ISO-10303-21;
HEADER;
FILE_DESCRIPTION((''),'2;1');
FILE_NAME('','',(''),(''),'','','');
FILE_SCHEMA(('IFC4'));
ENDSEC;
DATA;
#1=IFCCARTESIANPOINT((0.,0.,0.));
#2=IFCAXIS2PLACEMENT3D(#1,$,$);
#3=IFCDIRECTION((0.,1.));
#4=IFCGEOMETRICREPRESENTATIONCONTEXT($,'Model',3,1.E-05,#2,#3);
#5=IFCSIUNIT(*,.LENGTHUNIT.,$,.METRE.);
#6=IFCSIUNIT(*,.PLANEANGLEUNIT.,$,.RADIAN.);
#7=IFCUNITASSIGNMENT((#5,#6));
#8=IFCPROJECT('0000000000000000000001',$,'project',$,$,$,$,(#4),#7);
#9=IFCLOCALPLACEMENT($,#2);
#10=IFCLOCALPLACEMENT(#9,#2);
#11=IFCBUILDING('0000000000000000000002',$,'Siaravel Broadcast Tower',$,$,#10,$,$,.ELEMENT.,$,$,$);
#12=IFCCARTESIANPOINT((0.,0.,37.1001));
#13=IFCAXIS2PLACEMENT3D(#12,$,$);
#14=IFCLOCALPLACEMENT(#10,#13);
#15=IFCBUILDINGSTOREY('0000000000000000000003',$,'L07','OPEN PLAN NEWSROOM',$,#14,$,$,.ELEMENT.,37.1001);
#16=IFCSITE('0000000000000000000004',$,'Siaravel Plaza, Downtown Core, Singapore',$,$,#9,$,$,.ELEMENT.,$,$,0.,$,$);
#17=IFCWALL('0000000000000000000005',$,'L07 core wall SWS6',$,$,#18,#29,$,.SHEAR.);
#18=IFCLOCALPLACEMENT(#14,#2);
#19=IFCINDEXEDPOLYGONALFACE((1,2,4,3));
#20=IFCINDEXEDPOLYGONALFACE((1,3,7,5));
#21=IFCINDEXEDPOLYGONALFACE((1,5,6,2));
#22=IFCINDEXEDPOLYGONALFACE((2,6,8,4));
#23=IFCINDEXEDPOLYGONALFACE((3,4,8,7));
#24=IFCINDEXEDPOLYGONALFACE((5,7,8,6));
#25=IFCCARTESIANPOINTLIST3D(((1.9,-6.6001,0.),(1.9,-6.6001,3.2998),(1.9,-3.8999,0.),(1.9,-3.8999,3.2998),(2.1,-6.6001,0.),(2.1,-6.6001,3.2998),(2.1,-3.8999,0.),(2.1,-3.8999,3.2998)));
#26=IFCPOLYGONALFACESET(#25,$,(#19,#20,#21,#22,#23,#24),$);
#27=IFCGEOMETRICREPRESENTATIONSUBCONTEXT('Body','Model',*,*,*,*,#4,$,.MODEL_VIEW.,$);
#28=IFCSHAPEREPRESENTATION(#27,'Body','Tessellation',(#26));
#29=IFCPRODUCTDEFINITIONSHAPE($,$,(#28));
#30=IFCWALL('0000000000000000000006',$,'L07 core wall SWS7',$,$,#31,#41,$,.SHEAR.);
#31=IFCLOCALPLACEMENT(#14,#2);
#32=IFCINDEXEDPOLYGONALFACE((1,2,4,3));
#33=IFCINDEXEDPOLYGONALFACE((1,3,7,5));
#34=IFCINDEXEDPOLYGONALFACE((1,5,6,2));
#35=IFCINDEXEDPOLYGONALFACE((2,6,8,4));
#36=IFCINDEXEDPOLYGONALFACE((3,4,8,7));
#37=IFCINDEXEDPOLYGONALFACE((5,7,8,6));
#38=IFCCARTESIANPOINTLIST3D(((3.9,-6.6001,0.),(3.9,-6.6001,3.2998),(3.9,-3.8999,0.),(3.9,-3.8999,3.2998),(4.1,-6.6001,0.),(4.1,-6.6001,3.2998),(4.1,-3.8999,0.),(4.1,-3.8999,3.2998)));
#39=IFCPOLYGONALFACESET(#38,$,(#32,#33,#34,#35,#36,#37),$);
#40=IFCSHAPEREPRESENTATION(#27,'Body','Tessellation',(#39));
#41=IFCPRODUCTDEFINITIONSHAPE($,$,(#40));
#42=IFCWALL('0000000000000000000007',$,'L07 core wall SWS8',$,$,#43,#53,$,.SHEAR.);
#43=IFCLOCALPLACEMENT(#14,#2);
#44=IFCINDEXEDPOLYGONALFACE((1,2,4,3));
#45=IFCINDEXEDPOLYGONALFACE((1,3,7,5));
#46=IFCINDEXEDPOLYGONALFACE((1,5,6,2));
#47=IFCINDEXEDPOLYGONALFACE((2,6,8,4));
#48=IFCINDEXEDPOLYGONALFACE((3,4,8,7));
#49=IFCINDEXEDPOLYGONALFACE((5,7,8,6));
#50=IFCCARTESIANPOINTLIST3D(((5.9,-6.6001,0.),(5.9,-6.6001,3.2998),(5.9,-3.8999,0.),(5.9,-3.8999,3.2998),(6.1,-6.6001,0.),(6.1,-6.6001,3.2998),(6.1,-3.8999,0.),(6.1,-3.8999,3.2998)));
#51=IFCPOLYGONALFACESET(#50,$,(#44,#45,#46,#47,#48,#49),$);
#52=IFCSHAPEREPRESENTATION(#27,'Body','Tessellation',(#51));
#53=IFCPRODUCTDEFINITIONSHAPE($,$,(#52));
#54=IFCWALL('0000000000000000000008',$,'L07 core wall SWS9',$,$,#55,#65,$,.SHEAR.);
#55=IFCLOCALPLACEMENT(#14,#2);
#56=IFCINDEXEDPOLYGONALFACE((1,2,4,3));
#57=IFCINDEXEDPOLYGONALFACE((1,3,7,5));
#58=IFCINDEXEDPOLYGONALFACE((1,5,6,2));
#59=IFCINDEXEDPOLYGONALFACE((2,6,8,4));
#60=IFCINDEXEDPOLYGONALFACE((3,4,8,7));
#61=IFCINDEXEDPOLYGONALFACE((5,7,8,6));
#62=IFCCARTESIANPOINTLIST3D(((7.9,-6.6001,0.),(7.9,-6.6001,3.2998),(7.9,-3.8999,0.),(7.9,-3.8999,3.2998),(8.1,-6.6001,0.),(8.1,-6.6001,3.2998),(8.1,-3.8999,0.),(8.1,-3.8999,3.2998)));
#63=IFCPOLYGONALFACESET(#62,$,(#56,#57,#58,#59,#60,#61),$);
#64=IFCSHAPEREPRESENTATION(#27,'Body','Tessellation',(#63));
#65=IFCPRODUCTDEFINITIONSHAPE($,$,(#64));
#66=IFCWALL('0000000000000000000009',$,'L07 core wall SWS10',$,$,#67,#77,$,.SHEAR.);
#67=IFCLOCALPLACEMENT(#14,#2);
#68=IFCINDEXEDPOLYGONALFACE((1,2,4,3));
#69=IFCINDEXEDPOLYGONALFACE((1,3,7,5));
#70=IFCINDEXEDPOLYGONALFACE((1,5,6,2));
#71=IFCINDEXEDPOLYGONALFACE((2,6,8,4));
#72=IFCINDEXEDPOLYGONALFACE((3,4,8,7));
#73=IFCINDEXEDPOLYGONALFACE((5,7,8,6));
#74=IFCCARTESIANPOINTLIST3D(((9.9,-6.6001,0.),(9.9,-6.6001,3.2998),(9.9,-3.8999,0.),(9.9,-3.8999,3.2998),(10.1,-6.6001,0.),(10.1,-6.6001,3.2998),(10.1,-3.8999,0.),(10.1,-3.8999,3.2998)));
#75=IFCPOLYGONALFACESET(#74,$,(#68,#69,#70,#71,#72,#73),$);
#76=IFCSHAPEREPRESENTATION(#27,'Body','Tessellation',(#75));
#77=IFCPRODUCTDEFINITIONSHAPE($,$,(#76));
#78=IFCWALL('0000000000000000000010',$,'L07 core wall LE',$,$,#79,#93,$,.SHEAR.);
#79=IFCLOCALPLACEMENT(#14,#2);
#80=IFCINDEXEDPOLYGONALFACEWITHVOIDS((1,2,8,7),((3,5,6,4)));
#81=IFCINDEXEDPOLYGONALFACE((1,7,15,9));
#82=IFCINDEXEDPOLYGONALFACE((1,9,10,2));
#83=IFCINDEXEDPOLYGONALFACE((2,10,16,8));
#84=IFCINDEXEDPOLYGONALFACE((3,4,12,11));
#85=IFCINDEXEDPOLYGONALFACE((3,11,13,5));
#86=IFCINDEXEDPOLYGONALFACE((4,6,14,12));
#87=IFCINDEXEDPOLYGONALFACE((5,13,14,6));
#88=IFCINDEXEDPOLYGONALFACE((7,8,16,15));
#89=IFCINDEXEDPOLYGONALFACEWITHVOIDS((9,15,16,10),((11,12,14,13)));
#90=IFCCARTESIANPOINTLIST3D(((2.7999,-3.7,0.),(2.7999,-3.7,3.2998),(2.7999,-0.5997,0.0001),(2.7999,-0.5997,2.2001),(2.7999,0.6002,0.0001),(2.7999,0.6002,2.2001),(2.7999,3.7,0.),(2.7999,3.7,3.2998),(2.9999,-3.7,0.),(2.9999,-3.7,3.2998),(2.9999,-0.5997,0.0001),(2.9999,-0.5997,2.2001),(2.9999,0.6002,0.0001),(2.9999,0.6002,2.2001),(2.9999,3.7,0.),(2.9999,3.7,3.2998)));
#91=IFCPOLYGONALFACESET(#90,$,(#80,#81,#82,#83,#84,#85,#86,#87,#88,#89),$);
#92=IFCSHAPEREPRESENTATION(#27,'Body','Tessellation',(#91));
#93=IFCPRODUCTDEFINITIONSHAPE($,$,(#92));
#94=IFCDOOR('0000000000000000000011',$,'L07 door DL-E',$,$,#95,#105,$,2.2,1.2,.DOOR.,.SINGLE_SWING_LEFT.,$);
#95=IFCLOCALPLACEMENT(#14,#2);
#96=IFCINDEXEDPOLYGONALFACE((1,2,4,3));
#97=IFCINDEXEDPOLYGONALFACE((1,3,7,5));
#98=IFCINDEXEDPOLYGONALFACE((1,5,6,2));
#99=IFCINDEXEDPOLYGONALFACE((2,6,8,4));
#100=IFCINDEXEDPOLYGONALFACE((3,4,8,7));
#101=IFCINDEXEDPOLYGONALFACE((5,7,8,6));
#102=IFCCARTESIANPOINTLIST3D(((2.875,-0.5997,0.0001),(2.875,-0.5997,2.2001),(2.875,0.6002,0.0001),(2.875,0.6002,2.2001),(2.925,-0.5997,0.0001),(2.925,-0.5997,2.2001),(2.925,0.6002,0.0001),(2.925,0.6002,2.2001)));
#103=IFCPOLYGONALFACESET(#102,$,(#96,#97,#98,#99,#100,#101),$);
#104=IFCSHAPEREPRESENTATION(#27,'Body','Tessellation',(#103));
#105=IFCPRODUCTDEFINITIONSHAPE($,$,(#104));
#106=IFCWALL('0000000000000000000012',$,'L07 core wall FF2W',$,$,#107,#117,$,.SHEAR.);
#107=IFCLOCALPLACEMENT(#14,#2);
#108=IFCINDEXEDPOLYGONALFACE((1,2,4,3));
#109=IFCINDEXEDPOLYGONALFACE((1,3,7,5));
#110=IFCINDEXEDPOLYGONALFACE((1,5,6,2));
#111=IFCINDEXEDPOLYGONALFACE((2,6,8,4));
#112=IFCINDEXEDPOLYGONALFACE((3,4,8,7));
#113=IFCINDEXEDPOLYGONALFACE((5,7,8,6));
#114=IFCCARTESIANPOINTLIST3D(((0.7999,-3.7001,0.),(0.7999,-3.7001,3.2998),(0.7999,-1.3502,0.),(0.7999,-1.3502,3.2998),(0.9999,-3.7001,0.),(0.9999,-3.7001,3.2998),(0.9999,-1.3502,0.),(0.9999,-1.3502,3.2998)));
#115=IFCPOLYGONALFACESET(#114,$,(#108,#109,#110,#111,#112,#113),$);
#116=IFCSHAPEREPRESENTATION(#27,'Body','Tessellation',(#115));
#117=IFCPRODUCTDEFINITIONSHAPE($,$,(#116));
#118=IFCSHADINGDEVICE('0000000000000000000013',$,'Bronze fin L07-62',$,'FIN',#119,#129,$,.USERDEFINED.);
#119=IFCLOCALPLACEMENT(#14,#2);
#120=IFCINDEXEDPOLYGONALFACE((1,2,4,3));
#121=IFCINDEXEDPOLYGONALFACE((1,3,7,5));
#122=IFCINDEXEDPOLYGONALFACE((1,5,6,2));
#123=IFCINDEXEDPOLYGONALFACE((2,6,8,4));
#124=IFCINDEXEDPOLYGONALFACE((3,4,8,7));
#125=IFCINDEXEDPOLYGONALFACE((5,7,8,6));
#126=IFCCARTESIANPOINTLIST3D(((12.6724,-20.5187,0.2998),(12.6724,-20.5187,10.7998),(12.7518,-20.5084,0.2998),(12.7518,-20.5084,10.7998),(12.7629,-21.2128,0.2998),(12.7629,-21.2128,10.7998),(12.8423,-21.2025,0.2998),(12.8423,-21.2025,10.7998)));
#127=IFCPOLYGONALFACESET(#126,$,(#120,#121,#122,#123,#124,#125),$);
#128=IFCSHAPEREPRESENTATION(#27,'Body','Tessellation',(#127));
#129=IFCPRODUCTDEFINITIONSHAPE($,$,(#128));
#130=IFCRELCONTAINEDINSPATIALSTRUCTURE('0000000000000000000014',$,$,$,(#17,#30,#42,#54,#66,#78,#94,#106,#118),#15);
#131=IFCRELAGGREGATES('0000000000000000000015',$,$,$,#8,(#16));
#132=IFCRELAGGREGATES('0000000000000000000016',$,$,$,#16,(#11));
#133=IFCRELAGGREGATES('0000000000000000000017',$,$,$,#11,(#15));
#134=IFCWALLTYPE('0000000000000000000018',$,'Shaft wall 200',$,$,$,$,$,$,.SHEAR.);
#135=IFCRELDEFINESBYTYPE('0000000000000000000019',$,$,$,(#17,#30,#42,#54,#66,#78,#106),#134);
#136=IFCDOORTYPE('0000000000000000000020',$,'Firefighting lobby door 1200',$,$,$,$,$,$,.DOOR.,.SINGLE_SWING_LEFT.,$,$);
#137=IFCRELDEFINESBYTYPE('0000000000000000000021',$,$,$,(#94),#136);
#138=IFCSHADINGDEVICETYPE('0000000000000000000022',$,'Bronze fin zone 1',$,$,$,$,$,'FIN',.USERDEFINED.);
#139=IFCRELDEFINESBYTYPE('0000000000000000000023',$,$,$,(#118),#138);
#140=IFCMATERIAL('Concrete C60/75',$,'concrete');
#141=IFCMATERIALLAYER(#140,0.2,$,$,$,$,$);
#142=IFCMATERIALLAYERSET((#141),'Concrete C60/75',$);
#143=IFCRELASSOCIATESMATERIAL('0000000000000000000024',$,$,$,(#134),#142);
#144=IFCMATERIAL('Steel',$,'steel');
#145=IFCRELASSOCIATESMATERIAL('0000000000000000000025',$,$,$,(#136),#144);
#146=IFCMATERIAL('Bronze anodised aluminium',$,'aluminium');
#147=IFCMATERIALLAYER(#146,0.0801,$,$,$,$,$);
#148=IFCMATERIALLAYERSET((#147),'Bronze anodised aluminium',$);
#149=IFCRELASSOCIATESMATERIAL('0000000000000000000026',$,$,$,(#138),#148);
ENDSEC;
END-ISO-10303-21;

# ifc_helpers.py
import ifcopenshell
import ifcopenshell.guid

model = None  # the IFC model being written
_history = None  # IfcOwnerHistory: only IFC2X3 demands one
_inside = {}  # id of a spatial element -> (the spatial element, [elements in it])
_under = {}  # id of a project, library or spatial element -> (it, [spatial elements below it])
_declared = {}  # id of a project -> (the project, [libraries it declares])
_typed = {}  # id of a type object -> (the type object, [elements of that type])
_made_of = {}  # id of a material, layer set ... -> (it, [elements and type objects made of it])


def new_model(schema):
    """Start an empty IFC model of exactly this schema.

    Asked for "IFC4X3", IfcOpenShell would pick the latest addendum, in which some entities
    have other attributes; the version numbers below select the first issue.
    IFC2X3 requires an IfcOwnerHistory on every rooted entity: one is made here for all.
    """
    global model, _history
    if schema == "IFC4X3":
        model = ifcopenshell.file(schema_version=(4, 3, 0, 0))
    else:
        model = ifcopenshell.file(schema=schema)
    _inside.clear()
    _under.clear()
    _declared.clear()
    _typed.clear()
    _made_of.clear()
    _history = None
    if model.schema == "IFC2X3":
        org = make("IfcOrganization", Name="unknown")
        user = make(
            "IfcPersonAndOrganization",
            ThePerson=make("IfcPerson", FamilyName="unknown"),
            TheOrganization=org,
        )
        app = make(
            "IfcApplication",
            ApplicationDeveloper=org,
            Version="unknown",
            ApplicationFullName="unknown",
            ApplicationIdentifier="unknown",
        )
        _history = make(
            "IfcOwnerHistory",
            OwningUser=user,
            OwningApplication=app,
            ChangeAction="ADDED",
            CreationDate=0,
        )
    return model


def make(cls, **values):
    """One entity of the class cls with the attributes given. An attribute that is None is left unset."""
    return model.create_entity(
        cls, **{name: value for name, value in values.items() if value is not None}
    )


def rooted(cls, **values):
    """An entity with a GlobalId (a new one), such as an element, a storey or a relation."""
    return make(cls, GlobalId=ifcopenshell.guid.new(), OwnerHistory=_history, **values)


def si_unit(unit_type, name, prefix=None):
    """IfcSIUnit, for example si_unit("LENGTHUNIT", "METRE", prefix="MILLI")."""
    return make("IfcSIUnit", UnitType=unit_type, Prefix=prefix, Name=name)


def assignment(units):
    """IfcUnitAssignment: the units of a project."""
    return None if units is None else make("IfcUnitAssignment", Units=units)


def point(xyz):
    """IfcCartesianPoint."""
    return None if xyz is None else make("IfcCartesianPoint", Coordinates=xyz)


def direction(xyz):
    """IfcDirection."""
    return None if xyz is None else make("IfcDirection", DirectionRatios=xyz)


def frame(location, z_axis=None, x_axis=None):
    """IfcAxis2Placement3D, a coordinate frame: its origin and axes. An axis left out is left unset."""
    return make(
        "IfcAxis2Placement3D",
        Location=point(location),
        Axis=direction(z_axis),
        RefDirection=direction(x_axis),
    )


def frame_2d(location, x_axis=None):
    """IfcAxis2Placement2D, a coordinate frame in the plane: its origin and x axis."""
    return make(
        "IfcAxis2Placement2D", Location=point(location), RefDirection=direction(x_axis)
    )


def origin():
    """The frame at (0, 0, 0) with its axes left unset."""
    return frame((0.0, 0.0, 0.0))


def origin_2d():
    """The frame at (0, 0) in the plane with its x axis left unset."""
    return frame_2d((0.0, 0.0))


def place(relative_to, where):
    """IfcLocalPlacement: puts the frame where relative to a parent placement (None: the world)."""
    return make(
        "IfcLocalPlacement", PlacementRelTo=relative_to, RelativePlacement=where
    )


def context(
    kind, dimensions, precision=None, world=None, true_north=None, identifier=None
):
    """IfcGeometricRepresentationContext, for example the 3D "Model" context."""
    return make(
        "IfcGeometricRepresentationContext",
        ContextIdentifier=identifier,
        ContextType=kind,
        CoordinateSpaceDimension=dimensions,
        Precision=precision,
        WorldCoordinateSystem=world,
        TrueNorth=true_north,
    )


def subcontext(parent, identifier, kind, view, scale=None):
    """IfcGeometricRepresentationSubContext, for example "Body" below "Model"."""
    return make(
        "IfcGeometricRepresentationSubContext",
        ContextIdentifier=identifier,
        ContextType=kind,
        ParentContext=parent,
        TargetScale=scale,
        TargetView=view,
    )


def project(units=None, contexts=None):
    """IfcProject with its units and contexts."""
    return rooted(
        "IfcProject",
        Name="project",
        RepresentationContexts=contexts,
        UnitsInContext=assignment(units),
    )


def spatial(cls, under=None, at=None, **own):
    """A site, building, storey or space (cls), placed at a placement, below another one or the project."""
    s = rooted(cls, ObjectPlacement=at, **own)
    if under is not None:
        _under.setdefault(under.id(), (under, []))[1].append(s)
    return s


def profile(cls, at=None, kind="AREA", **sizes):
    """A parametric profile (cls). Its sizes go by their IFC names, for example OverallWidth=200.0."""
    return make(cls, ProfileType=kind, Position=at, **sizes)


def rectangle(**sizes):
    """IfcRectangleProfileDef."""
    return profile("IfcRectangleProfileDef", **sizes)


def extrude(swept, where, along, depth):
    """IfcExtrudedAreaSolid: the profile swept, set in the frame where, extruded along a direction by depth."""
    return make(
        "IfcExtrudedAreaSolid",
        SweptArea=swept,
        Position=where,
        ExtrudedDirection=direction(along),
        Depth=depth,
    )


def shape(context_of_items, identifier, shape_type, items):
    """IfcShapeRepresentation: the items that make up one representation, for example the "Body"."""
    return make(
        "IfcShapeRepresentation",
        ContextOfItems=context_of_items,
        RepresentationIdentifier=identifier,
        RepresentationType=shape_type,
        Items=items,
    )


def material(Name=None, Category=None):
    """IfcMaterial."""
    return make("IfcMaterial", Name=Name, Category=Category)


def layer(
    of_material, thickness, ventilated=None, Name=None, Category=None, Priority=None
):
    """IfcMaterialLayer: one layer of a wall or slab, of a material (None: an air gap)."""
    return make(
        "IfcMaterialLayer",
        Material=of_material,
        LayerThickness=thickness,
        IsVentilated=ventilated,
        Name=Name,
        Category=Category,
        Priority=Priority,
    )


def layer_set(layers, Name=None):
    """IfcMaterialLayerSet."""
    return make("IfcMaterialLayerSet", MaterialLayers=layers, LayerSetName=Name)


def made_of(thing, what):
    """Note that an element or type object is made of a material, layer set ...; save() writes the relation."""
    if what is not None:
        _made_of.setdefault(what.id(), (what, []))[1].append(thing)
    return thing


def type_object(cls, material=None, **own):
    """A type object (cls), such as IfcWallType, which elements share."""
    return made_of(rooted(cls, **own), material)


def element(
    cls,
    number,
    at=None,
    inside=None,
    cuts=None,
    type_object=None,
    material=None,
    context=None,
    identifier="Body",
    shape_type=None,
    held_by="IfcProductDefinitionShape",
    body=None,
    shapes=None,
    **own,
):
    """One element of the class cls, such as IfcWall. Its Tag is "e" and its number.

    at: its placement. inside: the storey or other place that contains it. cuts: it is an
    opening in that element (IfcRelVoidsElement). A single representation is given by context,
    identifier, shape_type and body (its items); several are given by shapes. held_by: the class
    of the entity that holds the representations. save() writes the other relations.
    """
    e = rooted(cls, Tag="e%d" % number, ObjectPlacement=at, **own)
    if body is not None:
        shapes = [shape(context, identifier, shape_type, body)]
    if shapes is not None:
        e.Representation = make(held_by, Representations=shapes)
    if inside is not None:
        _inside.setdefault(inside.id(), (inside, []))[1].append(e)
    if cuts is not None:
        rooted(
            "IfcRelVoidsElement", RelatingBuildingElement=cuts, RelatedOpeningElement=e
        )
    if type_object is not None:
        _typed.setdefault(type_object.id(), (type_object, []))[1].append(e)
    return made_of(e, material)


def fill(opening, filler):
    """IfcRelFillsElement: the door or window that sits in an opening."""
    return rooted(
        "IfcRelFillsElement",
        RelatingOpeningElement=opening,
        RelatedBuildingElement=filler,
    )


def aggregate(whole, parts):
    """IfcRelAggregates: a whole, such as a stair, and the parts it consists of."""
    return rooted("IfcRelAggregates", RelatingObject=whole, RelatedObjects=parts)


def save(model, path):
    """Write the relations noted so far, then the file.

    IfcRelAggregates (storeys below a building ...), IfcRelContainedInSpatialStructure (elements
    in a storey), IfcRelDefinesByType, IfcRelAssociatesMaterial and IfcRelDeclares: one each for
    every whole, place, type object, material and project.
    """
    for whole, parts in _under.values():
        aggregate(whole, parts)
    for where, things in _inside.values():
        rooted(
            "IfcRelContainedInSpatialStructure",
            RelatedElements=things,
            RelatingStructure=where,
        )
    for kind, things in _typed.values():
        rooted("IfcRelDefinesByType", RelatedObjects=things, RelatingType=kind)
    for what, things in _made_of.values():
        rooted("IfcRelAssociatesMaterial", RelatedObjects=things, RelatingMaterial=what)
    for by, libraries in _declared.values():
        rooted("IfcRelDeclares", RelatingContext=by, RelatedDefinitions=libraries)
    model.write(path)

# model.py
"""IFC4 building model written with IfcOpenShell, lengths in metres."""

from ifc_helpers import new_model, si_unit, direction, frame, frame_2d, origin, origin_2d, place, context, subcontext, project, spatial, rectangle, extrude, material, layer, layer_set, type_object, element, fill, save


model = new_model("IFC4")

# Units and contexts
model_context = context("Model", 3, precision=1e-05, world=origin(), true_north=direction((0.0, 1.0)))
body_context = subcontext(model_context, "Body", "Model", "MODEL_VIEW")
ifc_project = project(units=[si_unit("LENGTHUNIT", "METRE"), si_unit("PLANEANGLEUNIT", "RADIAN")], contexts=[model_context])

# Site, building, storey
site_placement = place(None, origin())
site = spatial("IfcSite", under=ifc_project, at=site_placement, Name="Siaravel Plaza, Downtown Core, Singapore", CompositionType="ELEMENT", RefElevation=0.0)
building_placement = place(site_placement, origin())
building = spatial("IfcBuilding", under=site, at=building_placement, Name="Siaravel Broadcast Tower", CompositionType="ELEMENT")
storey_placement = place(building_placement, frame((0.0, 0.0, 37.1001)))
storey = spatial("IfcBuildingStorey", under=building, at=storey_placement, Name="L07", Description="OPEN PLAN NEWSROOM", CompositionType="ELEMENT", Elevation=37.1001)

# Shared definitions
ifc_material_1 = material(Name="Concrete C60/75", Category="concrete")
ifc_material_2 = material(Name="Steel", Category="steel")

# Walls
ifc_layer_1 = layer(ifc_material_1, 0.2)
ifc_layer_set_1 = layer_set([ifc_layer_1], Name="Concrete C60/75")
wall_type_1 = type_object("IfcWallType", Name="Shaft wall 200", PredefinedType="SHEAR", material=ifc_layer_set_1)
for number, where, z_axis, x_axis, name in (
    (1, (2.0, -6.6001, 0.0), (0.0, 0.0, 1.0), (0.0, 1.0, 0.0), "L07 core wall SWS6"),
    (2, (4.0, -6.6001, 0.0), (0.0, 0.0, 1.0), (0.0, 1.0, 0.0), "L07 core wall SWS7"),
    (3, (6.0, -6.6001, 0.0), (0.0, 0.0, 1.0), (0.0, 1.0, 0.0), "L07 core wall SWS8"),
    (4, (8.0, -6.6001, 0.0), (0.0, 0.0, 1.0), (0.0, 1.0, 0.0), "L07 core wall SWS9"),
    (5, (10.0, -6.6001, 0.0), (0.0, 0.0, 1.0), (0.0, 1.0, 0.0), "L07 core wall SWS10"),
):
    element("IfcWall", number, at=place(storey_placement, frame(where, z_axis=z_axis, x_axis=x_axis)), inside=storey, type_object=wall_type_1, Name=name, PredefinedType="SHEAR", context=body_context, shape_type="SweptSolid", body=[
        extrude(rectangle(XDim=2.7002, YDim=0.2, at=frame_2d((1.3501, 0.0))), origin(), (0.0, 0.0, 1.0), 3.2998),
    ])

# Wall, opening, door
wall_1_placement = place(storey_placement, frame((2.8999, -3.7, 0.0), z_axis=(0.0, 0.0, 1.0), x_axis=(0.0, 1.0, 0.0)))
wall_1 = element("IfcWall", 6, at=wall_1_placement, inside=storey, type_object=wall_type_1, Name="L07 core wall LE", PredefinedType="SHEAR", context=body_context, shape_type="SweptSolid", body=[
    extrude(rectangle(XDim=7.3999, YDim=0.2, at=frame_2d((3.7, 0.0))), origin(), (0.0, 0.0, 1.0), 3.2998),
])
opening_1_placement = place(wall_1_placement, frame((3.1001, 0.0, 0.0)))
opening_1 = element("IfcOpeningElement", 7, at=opening_1_placement, cuts=wall_1, PredefinedType="OPENING", context=body_context, shape_type="SweptSolid", body=[
    extrude(rectangle(XDim=1.2, YDim=2.2, at=frame_2d((0.6001, 1.1001))), frame((0.0, 0.1099, 0.0), z_axis=(0.0, -1.0, 0.0), x_axis=(1.0, 0.0, 0.0)), (0.0, 0.0, 1.0), 0.22),
])
door_type_1 = type_object("IfcDoorType", Name="Firefighting lobby door 1200", OperationType="SINGLE_SWING_LEFT", PredefinedType="DOOR", material=ifc_material_2)
door_1_placement = place(opening_1_placement, origin())
door_1 = element("IfcDoor", 8, at=door_1_placement, inside=storey, type_object=door_type_1, Name="L07 door DL-E", OperationType="SINGLE_SWING_LEFT", OverallHeight=2.2, OverallWidth=1.2, PredefinedType="DOOR", context=body_context, shape_type="SweptSolid", body=[
    extrude(rectangle(XDim=1.2, YDim=2.2, at=frame_2d((0.6001, 1.1001))), frame((0.0, 0.0249, 0.0), z_axis=(0.0, -1.0, 0.0), x_axis=(1.0, 0.0, 0.0)), (0.0, 0.0, 1.0), 0.05),
])
fill(opening_1, door_1)

# Wall
wall_2_placement = place(storey_placement, frame((0.8999, -3.7, 0.0), z_axis=(0.0, 0.0, 1.0), x_axis=(0.0, 1.0, 0.0)))
element("IfcWall", 9, at=wall_2_placement, inside=storey, type_object=wall_type_1, Name="L07 core wall FF2W", PredefinedType="SHEAR", context=body_context, shape_type="SweptSolid", body=[
    extrude(rectangle(XDim=2.3499, YDim=0.2, at=frame_2d((1.1748, 0.0))), origin(), (0.0, 0.0, 1.0), 3.2998),
])

# Shading device
ifc_material_3 = material(Name="Bronze anodised aluminium", Category="aluminium")
ifc_layer_2 = layer(ifc_material_3, 0.0801)
ifc_layer_set_2 = layer_set([ifc_layer_2], Name="Bronze anodised aluminium")
shading_device_type = type_object("IfcShadingDeviceType", Name="Bronze fin zone 1", ElementType="FIN", PredefinedType="USERDEFINED", material=ifc_layer_set_2)
shading_device_placement = place(storey_placement, frame((12.7573, -20.8606, 0.2998), z_axis=(0.0, 0.0, 1.0), x_axis=(0.129261, -0.991611, 0.0)))
element("IfcShadingDevice", 10, at=shading_device_placement, inside=storey, type_object=shading_device_type, Name="Bronze fin L07-62", ObjectType="FIN", PredefinedType="USERDEFINED", context=body_context, shape_type="SweptSolid", body=[
    extrude(rectangle(XDim=0.7, YDim=0.0801, at=origin_2d()), origin(), (0.0, 0.0, 1.0), 10.5),
])

save(model, "model.ifc")
